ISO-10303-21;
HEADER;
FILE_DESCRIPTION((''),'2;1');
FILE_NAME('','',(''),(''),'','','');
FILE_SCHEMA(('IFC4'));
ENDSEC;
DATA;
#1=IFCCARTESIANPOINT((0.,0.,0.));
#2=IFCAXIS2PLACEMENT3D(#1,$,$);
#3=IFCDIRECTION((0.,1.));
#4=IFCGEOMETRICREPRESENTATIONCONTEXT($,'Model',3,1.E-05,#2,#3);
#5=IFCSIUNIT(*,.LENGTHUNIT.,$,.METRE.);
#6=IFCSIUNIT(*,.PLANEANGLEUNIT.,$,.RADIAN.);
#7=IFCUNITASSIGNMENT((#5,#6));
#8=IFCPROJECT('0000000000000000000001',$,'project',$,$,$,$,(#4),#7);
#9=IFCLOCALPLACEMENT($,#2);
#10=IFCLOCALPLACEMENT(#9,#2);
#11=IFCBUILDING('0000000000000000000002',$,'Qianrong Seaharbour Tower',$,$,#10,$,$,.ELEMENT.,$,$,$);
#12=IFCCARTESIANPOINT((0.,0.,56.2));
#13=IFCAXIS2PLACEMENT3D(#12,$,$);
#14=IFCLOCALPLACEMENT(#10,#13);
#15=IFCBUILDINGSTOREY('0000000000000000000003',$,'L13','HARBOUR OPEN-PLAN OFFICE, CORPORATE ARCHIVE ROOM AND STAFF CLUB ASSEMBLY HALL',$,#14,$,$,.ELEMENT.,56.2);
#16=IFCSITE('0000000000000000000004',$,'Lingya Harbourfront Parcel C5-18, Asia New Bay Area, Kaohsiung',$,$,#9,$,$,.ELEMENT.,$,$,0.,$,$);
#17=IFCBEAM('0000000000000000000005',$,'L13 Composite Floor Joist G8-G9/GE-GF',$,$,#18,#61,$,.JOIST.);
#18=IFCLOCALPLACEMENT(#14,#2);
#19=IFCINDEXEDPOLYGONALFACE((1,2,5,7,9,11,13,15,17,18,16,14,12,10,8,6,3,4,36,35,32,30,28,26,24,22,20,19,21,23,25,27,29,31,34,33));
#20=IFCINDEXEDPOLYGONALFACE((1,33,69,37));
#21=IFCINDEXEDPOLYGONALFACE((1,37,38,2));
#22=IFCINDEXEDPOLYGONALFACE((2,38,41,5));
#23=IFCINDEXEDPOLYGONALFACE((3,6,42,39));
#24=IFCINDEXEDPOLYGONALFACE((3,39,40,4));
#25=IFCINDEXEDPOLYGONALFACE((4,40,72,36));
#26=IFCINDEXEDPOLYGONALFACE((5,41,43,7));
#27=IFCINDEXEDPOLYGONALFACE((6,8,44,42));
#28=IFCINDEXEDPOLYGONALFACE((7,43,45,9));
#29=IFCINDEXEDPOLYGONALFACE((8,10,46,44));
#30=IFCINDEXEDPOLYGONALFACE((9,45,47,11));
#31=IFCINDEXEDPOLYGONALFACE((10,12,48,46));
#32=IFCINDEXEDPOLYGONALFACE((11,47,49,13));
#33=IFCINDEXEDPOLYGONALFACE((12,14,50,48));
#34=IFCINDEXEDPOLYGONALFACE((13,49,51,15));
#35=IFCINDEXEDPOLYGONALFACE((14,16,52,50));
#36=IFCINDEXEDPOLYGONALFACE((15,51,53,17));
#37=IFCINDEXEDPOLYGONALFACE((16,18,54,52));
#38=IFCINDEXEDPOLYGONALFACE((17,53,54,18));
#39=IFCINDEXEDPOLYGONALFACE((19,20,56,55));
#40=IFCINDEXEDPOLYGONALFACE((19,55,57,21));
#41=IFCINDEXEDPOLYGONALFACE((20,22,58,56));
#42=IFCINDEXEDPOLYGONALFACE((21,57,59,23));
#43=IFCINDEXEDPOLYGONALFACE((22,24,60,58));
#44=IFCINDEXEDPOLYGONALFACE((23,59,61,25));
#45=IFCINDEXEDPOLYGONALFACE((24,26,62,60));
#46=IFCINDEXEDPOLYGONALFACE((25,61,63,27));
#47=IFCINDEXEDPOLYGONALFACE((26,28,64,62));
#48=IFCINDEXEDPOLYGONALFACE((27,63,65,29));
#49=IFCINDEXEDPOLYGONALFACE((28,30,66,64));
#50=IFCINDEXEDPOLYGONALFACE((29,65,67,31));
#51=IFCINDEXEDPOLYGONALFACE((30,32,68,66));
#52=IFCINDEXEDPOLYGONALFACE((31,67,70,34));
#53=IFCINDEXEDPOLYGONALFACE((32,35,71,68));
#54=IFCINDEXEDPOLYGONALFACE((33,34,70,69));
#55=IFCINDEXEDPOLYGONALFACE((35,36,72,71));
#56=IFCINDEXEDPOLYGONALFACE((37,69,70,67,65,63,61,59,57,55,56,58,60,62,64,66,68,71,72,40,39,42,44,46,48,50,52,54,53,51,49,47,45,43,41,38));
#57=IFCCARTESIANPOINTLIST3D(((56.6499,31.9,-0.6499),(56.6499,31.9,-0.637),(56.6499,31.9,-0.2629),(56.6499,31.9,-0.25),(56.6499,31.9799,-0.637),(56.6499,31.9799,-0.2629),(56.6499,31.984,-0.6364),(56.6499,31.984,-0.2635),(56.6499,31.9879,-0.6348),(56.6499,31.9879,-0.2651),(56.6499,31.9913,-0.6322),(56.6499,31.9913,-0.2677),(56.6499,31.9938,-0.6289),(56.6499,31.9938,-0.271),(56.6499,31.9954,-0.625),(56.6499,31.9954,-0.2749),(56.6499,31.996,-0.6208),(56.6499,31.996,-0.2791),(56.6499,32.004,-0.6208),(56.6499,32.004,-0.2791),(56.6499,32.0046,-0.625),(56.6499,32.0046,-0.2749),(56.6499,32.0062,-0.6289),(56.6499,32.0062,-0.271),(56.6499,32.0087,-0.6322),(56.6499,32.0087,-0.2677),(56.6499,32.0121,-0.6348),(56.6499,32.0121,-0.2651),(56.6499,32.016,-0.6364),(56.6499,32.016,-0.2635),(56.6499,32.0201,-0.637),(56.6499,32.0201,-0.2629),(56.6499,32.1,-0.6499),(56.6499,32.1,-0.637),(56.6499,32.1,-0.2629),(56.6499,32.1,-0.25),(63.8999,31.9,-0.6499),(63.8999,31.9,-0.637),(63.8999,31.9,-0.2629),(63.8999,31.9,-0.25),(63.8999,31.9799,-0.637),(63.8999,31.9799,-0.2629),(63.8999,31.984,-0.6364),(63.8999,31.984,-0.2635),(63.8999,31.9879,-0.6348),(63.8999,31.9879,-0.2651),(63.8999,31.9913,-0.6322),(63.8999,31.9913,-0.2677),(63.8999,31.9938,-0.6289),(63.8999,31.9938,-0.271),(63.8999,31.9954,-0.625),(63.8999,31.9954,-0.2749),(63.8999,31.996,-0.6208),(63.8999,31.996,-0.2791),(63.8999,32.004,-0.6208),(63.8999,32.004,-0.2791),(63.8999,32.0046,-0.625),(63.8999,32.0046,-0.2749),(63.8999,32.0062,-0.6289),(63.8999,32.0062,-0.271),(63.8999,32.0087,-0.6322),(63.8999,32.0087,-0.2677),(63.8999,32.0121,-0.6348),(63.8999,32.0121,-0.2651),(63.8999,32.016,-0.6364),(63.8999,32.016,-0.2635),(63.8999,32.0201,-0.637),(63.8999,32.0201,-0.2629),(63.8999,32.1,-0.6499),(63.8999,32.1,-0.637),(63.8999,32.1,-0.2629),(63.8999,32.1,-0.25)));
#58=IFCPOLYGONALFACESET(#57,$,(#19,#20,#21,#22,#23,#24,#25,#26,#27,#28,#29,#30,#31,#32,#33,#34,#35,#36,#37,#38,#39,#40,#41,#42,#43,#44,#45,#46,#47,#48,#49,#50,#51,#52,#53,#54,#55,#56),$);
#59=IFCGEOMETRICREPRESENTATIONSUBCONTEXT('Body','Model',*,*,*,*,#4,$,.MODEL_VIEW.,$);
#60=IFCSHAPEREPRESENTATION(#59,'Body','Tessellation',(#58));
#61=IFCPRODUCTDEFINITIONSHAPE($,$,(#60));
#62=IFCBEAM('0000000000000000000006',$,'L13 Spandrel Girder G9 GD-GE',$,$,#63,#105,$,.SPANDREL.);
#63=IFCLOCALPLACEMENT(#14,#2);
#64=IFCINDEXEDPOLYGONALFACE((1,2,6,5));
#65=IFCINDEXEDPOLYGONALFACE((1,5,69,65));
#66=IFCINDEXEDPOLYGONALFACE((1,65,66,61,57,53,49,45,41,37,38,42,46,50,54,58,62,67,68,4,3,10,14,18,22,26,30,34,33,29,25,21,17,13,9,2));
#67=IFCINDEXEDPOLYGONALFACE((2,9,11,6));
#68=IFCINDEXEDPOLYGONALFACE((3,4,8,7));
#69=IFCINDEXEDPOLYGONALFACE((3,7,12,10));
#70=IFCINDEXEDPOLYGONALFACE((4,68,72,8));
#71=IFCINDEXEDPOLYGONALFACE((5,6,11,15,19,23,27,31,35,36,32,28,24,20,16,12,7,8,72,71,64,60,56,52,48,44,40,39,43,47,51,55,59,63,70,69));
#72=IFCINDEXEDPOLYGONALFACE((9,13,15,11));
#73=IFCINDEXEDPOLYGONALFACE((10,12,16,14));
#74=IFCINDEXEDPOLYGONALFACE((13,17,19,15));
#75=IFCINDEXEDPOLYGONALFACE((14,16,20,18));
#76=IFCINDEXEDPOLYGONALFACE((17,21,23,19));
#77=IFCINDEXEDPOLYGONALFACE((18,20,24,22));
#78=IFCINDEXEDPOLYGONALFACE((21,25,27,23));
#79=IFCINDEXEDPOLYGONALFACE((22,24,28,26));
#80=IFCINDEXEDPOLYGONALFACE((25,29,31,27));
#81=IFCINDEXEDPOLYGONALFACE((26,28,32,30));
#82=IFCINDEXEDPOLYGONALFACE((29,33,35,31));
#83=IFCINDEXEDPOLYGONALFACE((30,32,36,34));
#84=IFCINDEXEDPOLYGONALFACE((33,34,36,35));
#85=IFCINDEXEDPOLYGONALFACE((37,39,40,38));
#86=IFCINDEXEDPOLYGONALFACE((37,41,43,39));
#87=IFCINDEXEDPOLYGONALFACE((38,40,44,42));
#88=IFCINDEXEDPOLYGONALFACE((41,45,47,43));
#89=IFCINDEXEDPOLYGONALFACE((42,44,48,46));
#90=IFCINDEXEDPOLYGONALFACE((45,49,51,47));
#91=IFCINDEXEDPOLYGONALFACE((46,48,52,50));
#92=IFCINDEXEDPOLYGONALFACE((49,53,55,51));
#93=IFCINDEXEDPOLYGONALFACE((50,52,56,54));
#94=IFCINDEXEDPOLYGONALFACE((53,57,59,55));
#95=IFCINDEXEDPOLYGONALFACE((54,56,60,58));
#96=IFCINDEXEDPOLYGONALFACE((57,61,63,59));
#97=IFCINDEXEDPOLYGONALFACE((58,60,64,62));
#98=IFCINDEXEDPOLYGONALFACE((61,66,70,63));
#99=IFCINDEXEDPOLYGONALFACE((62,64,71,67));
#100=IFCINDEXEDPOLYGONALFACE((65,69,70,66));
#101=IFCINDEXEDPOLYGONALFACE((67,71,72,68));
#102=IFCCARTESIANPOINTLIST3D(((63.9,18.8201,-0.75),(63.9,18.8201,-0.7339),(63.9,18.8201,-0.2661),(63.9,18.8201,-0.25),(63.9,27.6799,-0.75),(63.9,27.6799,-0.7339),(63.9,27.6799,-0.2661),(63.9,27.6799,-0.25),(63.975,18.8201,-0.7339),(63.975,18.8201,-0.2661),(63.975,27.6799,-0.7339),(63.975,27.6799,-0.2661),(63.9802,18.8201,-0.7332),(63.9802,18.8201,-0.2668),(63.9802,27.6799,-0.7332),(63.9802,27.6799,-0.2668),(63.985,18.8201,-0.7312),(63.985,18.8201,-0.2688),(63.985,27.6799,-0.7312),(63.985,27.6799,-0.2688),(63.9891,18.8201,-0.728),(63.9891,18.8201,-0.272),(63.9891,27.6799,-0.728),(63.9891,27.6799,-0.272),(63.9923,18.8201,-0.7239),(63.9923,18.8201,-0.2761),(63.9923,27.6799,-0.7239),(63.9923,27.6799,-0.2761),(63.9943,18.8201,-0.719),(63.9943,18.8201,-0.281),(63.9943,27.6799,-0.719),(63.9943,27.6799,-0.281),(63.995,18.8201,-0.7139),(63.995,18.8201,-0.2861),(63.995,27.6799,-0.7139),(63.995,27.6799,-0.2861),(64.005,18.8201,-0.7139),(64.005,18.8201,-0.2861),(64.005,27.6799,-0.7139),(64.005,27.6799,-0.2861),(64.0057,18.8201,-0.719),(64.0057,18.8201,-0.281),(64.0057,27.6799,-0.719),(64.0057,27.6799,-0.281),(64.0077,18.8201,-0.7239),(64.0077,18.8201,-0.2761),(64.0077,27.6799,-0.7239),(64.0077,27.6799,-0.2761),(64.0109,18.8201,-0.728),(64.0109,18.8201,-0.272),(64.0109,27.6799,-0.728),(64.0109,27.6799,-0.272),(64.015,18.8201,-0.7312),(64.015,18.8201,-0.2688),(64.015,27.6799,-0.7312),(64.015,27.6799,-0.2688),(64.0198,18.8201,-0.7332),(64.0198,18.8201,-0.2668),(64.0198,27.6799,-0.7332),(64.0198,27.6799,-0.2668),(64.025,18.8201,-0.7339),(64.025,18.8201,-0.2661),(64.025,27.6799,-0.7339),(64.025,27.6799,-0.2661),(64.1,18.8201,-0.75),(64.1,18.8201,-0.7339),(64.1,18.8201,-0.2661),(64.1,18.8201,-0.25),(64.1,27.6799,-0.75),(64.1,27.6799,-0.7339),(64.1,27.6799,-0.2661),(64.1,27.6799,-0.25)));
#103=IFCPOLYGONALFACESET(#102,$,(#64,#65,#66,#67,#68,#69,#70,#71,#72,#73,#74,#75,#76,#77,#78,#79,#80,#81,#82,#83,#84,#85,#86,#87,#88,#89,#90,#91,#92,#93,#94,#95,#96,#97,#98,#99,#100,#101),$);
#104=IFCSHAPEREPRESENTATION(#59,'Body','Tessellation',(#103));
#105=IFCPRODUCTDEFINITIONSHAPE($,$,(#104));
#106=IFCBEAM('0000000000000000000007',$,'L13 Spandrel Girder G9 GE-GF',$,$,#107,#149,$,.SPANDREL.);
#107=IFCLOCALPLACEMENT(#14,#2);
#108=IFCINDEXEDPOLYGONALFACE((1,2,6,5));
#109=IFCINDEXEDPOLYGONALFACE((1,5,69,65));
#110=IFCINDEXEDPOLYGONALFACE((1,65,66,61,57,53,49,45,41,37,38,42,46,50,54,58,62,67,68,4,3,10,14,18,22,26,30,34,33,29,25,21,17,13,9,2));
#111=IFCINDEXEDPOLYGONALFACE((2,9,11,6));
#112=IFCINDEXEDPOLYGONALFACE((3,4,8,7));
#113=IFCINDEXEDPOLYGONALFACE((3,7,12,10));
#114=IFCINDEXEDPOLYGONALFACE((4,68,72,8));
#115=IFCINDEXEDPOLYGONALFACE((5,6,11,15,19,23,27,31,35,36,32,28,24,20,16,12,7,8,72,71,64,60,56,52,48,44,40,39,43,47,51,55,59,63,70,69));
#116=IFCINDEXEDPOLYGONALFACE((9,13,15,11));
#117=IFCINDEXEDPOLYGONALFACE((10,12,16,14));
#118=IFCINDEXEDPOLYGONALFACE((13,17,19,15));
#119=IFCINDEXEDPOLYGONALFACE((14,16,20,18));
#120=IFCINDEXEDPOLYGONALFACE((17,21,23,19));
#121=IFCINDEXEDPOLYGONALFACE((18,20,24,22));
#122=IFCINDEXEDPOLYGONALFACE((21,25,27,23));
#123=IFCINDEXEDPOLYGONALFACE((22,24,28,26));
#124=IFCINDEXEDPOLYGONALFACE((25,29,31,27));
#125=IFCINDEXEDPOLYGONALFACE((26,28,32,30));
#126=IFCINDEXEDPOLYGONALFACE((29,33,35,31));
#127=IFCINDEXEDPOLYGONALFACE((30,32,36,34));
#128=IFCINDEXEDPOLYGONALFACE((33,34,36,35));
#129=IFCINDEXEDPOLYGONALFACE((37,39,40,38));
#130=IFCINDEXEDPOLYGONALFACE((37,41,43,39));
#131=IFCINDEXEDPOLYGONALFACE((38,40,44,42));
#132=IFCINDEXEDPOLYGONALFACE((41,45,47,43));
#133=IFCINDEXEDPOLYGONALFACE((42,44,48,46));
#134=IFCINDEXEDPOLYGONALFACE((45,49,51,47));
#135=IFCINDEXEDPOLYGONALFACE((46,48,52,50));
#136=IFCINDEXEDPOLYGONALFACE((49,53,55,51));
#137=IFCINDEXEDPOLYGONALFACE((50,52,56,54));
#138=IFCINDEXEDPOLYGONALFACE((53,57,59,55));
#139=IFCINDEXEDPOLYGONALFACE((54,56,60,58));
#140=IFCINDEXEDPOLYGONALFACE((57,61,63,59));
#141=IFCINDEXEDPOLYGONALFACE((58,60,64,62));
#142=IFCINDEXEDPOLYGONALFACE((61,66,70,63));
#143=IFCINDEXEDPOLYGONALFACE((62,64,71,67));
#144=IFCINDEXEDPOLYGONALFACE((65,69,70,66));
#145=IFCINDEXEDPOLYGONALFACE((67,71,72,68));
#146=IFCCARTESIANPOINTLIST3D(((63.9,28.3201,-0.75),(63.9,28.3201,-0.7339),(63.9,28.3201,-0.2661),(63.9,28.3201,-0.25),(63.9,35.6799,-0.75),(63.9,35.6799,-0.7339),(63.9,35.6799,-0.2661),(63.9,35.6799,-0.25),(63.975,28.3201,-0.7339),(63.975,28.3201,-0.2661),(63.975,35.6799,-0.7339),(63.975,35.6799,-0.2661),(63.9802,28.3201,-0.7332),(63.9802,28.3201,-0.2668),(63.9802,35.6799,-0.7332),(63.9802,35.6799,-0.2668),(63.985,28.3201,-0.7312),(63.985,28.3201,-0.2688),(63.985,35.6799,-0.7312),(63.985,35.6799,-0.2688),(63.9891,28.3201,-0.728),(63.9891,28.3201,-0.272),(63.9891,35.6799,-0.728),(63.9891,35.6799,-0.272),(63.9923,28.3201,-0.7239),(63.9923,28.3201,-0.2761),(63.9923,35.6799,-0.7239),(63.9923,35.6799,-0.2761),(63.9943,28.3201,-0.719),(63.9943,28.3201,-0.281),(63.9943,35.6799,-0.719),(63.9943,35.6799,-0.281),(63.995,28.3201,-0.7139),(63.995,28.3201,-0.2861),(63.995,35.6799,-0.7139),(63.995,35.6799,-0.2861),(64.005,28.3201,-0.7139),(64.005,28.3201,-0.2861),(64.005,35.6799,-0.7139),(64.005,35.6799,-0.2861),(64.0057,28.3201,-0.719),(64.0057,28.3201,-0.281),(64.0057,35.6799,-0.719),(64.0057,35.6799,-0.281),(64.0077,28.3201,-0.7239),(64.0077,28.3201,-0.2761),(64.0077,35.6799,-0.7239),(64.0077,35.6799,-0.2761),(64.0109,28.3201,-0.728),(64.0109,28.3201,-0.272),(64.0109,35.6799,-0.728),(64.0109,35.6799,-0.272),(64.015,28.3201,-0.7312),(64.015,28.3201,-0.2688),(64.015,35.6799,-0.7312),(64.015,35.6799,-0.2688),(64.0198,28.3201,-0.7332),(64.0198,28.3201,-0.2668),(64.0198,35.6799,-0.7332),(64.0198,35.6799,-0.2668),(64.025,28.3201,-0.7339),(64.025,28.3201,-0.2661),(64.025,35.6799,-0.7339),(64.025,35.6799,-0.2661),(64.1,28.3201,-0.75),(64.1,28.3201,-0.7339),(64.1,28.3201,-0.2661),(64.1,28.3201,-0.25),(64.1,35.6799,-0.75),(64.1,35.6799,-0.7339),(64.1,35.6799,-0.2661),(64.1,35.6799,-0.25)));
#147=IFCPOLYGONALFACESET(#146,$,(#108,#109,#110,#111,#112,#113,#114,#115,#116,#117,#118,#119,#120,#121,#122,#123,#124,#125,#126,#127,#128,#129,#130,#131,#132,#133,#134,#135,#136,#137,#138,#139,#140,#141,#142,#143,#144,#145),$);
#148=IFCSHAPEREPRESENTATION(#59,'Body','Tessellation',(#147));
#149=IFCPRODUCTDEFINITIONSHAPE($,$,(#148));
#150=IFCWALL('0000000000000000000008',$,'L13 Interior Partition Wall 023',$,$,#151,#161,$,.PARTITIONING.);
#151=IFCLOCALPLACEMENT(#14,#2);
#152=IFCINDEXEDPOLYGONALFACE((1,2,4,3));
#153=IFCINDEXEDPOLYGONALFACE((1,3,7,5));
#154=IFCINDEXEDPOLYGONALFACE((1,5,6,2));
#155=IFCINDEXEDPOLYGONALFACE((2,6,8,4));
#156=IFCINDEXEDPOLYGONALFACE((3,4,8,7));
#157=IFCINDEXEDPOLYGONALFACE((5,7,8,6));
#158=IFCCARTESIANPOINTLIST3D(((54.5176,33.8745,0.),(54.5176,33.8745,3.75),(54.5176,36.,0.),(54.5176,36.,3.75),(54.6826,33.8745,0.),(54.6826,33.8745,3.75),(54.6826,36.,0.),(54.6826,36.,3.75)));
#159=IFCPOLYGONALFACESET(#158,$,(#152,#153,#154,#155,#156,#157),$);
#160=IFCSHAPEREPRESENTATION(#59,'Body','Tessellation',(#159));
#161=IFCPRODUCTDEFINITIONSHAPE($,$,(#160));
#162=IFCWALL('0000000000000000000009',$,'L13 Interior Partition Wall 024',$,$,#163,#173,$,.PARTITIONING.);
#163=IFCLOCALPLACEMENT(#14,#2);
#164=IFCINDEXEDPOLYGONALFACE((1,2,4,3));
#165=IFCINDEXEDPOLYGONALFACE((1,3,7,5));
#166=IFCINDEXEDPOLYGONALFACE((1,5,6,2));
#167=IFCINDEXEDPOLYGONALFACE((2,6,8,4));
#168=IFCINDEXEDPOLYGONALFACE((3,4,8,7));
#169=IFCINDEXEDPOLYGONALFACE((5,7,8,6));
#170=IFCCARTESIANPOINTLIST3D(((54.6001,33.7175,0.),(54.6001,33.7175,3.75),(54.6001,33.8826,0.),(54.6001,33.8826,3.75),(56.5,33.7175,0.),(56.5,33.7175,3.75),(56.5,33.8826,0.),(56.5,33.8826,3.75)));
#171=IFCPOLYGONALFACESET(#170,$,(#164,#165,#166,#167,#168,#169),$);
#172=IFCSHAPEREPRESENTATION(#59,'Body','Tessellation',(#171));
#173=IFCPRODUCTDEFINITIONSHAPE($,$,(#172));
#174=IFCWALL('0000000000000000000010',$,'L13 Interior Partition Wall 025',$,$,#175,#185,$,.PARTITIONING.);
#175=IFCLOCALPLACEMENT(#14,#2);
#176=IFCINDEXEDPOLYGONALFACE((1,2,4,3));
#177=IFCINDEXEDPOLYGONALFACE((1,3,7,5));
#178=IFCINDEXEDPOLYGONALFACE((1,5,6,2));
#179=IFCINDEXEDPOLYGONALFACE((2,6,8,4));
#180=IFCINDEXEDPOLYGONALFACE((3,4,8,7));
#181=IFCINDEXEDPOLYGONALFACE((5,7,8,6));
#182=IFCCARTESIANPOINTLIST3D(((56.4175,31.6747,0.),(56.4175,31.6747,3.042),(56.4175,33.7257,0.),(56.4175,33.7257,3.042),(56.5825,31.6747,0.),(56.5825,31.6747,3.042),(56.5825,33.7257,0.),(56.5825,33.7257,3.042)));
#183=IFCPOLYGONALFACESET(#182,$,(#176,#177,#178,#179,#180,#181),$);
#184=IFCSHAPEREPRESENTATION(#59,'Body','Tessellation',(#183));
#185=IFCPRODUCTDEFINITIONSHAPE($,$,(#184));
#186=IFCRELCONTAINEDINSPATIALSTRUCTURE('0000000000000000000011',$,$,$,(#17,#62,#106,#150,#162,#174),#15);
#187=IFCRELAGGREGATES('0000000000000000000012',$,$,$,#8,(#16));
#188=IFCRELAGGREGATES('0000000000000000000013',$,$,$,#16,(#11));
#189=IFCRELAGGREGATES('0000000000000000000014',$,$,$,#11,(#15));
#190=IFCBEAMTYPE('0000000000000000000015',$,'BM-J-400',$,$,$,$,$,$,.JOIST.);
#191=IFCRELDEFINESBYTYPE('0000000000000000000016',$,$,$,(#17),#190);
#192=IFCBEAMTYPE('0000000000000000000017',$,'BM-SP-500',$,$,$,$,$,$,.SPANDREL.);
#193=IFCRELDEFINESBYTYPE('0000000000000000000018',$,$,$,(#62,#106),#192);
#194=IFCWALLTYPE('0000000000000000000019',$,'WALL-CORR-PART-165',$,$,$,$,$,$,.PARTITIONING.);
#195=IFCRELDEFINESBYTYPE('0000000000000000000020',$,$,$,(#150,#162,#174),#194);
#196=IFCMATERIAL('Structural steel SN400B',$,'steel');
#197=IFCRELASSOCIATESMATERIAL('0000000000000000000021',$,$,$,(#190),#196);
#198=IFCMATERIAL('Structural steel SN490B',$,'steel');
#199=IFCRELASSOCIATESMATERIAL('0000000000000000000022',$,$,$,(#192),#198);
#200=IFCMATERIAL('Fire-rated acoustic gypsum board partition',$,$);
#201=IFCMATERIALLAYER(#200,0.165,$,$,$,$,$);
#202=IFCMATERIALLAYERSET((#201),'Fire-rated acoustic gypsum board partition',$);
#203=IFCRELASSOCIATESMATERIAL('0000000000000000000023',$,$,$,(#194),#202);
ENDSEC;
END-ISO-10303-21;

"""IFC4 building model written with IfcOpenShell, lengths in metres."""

from ifc_helpers import new_model, si_unit, direction, frame, frame_2d, origin, origin_2d, place, context, subcontext, project, spatial, rectangle, i_section, extrude, material, layer, layer_set, material_profile, profile_set, type_object, element, save


model = new_model("IFC4")

# Units and contexts
model_context = context("Model", 3, precision=1e-05, world=origin(), true_north=direction((0.0, 1.0)))
body_context = subcontext(model_context, "Body", "Model", "MODEL_VIEW")
ifc_project = project(units=[si_unit("LENGTHUNIT", "METRE"), si_unit("PLANEANGLEUNIT", "RADIAN")], contexts=[model_context])

# Site, building, storey
site_placement = place(None, origin())
site = spatial("IfcSite", under=ifc_project, at=site_placement, Name="Lingya Harbourfront Parcel C5-18, Asia New Bay Area, Kaohsiung", CompositionType="ELEMENT", RefElevation=0.0)
building_placement = place(site_placement, origin())
building = spatial("IfcBuilding", under=site, at=building_placement, Name="Qianrong Seaharbour Tower", CompositionType="ELEMENT")
storey_placement = place(building_placement, frame((0.0, 0.0, 56.2)))
storey = spatial("IfcBuildingStorey", under=building, at=storey_placement, Name="L13", Description="HARBOUR OPEN-PLAN OFFICE, CORPORATE ARCHIVE ROOM AND STAFF CLUB ASSEMBLY HALL", CompositionType="ELEMENT", Elevation=56.2)

# Shared definitions
ifc_material_1 = material(Name="Structural steel SN490B", Category="steel")

# Beams
ifc_material_2 = material(Name="Structural steel SN400B", Category="steel")
ifc_material_profile_1 = material_profile(ifc_material_2, i_section(OverallWidth=0.2, OverallDepth=0.3999, WebThickness=0.0081, FlangeThickness=0.0129, FilletRadius=0.0161, at=origin_2d()), Name="H400x200x8x13")
ifc_profile_set_1 = profile_set([ifc_material_profile_1], Name="Structural steel SN400B")
beam_type_1 = type_object("IfcBeamType", Name="BM-J-400", PredefinedType="JOIST", material=ifc_profile_set_1)
for number, where, z_axis, x_axis, name in (
    (1, (56.6499, 32.0, -0.45), (1.0, 0.0, 0.0), (0.0, 1.0, 0.0), "L13 Composite Floor Joist G8-G9/GE-GF"),
):
    element("IfcBeam", number, at=place(storey_placement, frame(where, z_axis=z_axis, x_axis=x_axis)), inside=storey, type_object=beam_type_1, Name=name, PredefinedType="JOIST", context=body_context, shape_type="SweptSolid", body=[
        extrude(i_section(OverallWidth=0.2, OverallDepth=0.3999, WebThickness=0.0081, FlangeThickness=0.0129, FilletRadius=0.0161, at=origin_2d()), origin(), (0.0, 0.0, 1.0), 7.25),
    ])
ifc_material_profile_2 = material_profile(ifc_material_1, i_section(OverallWidth=0.2, OverallDepth=0.5, WebThickness=0.01, FlangeThickness=0.0161, FilletRadius=0.02, at=origin_2d()), Name="H500x200x10x16")
ifc_profile_set_2 = profile_set([ifc_material_profile_2], Name="Structural steel SN490B")
beam_type_2 = type_object("IfcBeamType", Name="BM-SP-500", PredefinedType="SPANDREL", material=ifc_profile_set_2)
beam_1_placement = place(storey_placement, frame((64.0, 18.8201, -0.5), z_axis=(0.0, 1.0, 0.0), x_axis=(-1.0, 0.0, 0.0)))
element("IfcBeam", 2, at=beam_1_placement, inside=storey, type_object=beam_type_2, Name="L13 Spandrel Girder G9 GD-GE", PredefinedType="SPANDREL", context=body_context, shape_type="SweptSolid", body=[
    extrude(i_section(OverallWidth=0.2, OverallDepth=0.5, WebThickness=0.01, FlangeThickness=0.0161, FilletRadius=0.02, at=origin_2d()), origin(), (0.0, 0.0, 1.0), 8.8599),
])
beam_2_placement = place(storey_placement, frame((64.0, 28.3201, -0.5), z_axis=(0.0, 1.0, 0.0), x_axis=(-1.0, 0.0, 0.0)))
element("IfcBeam", 3, at=beam_2_placement, inside=storey, type_object=beam_type_2, Name="L13 Spandrel Girder G9 GE-GF", PredefinedType="SPANDREL", context=body_context, shape_type="SweptSolid", body=[
    extrude(i_section(OverallWidth=0.2, OverallDepth=0.5, WebThickness=0.01, FlangeThickness=0.0161, FilletRadius=0.02, at=origin_2d()), origin(), (0.0, 0.0, 1.0), 7.3599),
])

# Walls
ifc_material_3 = material(Name="Fire-rated acoustic gypsum board partition")
ifc_layer_1 = layer(ifc_material_3, 0.165)
ifc_layer_set_1 = layer_set([ifc_layer_1], Name="Fire-rated acoustic gypsum board partition")
wall_type_1 = type_object("IfcWallType", Name="WALL-CORR-PART-165", PredefinedType="PARTITIONING", material=ifc_layer_set_1)
wall_1_placement = place(storey_placement, frame((54.6001, 36.0, 0.0), z_axis=(0.0, 0.0, 1.0), x_axis=(0.0, -1.0, 0.0)))
element("IfcWall", 4, at=wall_1_placement, inside=storey, type_object=wall_type_1, Name="L13 Interior Partition Wall 023", PredefinedType="PARTITIONING", context=body_context, shape_type="SweptSolid", body=[
    extrude(rectangle(XDim=2.1255, YDim=0.165, at=frame_2d((1.0627, 0.0))), origin(), (0.0, 0.0, 1.0), 3.75),
])
wall_2_placement = place(storey_placement, frame((54.6001, 33.8, 0.0), z_axis=(0.0, 0.0, 1.0), x_axis=(1.0, 0.0, 0.0)))
element("IfcWall", 5, at=wall_2_placement, inside=storey, type_object=wall_type_1, Name="L13 Interior Partition Wall 024", PredefinedType="PARTITIONING", context=body_context, shape_type="SweptSolid", body=[
    extrude(rectangle(XDim=1.8999, YDim=0.165, at=frame_2d((0.95, 0.0))), origin(), (0.0, 0.0, 1.0), 3.75),
])
wall_3_placement = place(storey_placement, frame((56.5, 33.7256, 0.0), z_axis=(0.0, 0.0, 1.0), x_axis=(0.0, -1.0, 0.0)))
element("IfcWall", 6, at=wall_3_placement, inside=storey, type_object=wall_type_1, Name="L13 Interior Partition Wall 025", PredefinedType="PARTITIONING", context=body_context, shape_type="SweptSolid", body=[
    extrude(rectangle(XDim=2.051, YDim=0.165, at=frame_2d((1.0254, 0.0))), origin(), (0.0, 0.0, 1.0), 3.042),
])

save(model, "model.ifc")
